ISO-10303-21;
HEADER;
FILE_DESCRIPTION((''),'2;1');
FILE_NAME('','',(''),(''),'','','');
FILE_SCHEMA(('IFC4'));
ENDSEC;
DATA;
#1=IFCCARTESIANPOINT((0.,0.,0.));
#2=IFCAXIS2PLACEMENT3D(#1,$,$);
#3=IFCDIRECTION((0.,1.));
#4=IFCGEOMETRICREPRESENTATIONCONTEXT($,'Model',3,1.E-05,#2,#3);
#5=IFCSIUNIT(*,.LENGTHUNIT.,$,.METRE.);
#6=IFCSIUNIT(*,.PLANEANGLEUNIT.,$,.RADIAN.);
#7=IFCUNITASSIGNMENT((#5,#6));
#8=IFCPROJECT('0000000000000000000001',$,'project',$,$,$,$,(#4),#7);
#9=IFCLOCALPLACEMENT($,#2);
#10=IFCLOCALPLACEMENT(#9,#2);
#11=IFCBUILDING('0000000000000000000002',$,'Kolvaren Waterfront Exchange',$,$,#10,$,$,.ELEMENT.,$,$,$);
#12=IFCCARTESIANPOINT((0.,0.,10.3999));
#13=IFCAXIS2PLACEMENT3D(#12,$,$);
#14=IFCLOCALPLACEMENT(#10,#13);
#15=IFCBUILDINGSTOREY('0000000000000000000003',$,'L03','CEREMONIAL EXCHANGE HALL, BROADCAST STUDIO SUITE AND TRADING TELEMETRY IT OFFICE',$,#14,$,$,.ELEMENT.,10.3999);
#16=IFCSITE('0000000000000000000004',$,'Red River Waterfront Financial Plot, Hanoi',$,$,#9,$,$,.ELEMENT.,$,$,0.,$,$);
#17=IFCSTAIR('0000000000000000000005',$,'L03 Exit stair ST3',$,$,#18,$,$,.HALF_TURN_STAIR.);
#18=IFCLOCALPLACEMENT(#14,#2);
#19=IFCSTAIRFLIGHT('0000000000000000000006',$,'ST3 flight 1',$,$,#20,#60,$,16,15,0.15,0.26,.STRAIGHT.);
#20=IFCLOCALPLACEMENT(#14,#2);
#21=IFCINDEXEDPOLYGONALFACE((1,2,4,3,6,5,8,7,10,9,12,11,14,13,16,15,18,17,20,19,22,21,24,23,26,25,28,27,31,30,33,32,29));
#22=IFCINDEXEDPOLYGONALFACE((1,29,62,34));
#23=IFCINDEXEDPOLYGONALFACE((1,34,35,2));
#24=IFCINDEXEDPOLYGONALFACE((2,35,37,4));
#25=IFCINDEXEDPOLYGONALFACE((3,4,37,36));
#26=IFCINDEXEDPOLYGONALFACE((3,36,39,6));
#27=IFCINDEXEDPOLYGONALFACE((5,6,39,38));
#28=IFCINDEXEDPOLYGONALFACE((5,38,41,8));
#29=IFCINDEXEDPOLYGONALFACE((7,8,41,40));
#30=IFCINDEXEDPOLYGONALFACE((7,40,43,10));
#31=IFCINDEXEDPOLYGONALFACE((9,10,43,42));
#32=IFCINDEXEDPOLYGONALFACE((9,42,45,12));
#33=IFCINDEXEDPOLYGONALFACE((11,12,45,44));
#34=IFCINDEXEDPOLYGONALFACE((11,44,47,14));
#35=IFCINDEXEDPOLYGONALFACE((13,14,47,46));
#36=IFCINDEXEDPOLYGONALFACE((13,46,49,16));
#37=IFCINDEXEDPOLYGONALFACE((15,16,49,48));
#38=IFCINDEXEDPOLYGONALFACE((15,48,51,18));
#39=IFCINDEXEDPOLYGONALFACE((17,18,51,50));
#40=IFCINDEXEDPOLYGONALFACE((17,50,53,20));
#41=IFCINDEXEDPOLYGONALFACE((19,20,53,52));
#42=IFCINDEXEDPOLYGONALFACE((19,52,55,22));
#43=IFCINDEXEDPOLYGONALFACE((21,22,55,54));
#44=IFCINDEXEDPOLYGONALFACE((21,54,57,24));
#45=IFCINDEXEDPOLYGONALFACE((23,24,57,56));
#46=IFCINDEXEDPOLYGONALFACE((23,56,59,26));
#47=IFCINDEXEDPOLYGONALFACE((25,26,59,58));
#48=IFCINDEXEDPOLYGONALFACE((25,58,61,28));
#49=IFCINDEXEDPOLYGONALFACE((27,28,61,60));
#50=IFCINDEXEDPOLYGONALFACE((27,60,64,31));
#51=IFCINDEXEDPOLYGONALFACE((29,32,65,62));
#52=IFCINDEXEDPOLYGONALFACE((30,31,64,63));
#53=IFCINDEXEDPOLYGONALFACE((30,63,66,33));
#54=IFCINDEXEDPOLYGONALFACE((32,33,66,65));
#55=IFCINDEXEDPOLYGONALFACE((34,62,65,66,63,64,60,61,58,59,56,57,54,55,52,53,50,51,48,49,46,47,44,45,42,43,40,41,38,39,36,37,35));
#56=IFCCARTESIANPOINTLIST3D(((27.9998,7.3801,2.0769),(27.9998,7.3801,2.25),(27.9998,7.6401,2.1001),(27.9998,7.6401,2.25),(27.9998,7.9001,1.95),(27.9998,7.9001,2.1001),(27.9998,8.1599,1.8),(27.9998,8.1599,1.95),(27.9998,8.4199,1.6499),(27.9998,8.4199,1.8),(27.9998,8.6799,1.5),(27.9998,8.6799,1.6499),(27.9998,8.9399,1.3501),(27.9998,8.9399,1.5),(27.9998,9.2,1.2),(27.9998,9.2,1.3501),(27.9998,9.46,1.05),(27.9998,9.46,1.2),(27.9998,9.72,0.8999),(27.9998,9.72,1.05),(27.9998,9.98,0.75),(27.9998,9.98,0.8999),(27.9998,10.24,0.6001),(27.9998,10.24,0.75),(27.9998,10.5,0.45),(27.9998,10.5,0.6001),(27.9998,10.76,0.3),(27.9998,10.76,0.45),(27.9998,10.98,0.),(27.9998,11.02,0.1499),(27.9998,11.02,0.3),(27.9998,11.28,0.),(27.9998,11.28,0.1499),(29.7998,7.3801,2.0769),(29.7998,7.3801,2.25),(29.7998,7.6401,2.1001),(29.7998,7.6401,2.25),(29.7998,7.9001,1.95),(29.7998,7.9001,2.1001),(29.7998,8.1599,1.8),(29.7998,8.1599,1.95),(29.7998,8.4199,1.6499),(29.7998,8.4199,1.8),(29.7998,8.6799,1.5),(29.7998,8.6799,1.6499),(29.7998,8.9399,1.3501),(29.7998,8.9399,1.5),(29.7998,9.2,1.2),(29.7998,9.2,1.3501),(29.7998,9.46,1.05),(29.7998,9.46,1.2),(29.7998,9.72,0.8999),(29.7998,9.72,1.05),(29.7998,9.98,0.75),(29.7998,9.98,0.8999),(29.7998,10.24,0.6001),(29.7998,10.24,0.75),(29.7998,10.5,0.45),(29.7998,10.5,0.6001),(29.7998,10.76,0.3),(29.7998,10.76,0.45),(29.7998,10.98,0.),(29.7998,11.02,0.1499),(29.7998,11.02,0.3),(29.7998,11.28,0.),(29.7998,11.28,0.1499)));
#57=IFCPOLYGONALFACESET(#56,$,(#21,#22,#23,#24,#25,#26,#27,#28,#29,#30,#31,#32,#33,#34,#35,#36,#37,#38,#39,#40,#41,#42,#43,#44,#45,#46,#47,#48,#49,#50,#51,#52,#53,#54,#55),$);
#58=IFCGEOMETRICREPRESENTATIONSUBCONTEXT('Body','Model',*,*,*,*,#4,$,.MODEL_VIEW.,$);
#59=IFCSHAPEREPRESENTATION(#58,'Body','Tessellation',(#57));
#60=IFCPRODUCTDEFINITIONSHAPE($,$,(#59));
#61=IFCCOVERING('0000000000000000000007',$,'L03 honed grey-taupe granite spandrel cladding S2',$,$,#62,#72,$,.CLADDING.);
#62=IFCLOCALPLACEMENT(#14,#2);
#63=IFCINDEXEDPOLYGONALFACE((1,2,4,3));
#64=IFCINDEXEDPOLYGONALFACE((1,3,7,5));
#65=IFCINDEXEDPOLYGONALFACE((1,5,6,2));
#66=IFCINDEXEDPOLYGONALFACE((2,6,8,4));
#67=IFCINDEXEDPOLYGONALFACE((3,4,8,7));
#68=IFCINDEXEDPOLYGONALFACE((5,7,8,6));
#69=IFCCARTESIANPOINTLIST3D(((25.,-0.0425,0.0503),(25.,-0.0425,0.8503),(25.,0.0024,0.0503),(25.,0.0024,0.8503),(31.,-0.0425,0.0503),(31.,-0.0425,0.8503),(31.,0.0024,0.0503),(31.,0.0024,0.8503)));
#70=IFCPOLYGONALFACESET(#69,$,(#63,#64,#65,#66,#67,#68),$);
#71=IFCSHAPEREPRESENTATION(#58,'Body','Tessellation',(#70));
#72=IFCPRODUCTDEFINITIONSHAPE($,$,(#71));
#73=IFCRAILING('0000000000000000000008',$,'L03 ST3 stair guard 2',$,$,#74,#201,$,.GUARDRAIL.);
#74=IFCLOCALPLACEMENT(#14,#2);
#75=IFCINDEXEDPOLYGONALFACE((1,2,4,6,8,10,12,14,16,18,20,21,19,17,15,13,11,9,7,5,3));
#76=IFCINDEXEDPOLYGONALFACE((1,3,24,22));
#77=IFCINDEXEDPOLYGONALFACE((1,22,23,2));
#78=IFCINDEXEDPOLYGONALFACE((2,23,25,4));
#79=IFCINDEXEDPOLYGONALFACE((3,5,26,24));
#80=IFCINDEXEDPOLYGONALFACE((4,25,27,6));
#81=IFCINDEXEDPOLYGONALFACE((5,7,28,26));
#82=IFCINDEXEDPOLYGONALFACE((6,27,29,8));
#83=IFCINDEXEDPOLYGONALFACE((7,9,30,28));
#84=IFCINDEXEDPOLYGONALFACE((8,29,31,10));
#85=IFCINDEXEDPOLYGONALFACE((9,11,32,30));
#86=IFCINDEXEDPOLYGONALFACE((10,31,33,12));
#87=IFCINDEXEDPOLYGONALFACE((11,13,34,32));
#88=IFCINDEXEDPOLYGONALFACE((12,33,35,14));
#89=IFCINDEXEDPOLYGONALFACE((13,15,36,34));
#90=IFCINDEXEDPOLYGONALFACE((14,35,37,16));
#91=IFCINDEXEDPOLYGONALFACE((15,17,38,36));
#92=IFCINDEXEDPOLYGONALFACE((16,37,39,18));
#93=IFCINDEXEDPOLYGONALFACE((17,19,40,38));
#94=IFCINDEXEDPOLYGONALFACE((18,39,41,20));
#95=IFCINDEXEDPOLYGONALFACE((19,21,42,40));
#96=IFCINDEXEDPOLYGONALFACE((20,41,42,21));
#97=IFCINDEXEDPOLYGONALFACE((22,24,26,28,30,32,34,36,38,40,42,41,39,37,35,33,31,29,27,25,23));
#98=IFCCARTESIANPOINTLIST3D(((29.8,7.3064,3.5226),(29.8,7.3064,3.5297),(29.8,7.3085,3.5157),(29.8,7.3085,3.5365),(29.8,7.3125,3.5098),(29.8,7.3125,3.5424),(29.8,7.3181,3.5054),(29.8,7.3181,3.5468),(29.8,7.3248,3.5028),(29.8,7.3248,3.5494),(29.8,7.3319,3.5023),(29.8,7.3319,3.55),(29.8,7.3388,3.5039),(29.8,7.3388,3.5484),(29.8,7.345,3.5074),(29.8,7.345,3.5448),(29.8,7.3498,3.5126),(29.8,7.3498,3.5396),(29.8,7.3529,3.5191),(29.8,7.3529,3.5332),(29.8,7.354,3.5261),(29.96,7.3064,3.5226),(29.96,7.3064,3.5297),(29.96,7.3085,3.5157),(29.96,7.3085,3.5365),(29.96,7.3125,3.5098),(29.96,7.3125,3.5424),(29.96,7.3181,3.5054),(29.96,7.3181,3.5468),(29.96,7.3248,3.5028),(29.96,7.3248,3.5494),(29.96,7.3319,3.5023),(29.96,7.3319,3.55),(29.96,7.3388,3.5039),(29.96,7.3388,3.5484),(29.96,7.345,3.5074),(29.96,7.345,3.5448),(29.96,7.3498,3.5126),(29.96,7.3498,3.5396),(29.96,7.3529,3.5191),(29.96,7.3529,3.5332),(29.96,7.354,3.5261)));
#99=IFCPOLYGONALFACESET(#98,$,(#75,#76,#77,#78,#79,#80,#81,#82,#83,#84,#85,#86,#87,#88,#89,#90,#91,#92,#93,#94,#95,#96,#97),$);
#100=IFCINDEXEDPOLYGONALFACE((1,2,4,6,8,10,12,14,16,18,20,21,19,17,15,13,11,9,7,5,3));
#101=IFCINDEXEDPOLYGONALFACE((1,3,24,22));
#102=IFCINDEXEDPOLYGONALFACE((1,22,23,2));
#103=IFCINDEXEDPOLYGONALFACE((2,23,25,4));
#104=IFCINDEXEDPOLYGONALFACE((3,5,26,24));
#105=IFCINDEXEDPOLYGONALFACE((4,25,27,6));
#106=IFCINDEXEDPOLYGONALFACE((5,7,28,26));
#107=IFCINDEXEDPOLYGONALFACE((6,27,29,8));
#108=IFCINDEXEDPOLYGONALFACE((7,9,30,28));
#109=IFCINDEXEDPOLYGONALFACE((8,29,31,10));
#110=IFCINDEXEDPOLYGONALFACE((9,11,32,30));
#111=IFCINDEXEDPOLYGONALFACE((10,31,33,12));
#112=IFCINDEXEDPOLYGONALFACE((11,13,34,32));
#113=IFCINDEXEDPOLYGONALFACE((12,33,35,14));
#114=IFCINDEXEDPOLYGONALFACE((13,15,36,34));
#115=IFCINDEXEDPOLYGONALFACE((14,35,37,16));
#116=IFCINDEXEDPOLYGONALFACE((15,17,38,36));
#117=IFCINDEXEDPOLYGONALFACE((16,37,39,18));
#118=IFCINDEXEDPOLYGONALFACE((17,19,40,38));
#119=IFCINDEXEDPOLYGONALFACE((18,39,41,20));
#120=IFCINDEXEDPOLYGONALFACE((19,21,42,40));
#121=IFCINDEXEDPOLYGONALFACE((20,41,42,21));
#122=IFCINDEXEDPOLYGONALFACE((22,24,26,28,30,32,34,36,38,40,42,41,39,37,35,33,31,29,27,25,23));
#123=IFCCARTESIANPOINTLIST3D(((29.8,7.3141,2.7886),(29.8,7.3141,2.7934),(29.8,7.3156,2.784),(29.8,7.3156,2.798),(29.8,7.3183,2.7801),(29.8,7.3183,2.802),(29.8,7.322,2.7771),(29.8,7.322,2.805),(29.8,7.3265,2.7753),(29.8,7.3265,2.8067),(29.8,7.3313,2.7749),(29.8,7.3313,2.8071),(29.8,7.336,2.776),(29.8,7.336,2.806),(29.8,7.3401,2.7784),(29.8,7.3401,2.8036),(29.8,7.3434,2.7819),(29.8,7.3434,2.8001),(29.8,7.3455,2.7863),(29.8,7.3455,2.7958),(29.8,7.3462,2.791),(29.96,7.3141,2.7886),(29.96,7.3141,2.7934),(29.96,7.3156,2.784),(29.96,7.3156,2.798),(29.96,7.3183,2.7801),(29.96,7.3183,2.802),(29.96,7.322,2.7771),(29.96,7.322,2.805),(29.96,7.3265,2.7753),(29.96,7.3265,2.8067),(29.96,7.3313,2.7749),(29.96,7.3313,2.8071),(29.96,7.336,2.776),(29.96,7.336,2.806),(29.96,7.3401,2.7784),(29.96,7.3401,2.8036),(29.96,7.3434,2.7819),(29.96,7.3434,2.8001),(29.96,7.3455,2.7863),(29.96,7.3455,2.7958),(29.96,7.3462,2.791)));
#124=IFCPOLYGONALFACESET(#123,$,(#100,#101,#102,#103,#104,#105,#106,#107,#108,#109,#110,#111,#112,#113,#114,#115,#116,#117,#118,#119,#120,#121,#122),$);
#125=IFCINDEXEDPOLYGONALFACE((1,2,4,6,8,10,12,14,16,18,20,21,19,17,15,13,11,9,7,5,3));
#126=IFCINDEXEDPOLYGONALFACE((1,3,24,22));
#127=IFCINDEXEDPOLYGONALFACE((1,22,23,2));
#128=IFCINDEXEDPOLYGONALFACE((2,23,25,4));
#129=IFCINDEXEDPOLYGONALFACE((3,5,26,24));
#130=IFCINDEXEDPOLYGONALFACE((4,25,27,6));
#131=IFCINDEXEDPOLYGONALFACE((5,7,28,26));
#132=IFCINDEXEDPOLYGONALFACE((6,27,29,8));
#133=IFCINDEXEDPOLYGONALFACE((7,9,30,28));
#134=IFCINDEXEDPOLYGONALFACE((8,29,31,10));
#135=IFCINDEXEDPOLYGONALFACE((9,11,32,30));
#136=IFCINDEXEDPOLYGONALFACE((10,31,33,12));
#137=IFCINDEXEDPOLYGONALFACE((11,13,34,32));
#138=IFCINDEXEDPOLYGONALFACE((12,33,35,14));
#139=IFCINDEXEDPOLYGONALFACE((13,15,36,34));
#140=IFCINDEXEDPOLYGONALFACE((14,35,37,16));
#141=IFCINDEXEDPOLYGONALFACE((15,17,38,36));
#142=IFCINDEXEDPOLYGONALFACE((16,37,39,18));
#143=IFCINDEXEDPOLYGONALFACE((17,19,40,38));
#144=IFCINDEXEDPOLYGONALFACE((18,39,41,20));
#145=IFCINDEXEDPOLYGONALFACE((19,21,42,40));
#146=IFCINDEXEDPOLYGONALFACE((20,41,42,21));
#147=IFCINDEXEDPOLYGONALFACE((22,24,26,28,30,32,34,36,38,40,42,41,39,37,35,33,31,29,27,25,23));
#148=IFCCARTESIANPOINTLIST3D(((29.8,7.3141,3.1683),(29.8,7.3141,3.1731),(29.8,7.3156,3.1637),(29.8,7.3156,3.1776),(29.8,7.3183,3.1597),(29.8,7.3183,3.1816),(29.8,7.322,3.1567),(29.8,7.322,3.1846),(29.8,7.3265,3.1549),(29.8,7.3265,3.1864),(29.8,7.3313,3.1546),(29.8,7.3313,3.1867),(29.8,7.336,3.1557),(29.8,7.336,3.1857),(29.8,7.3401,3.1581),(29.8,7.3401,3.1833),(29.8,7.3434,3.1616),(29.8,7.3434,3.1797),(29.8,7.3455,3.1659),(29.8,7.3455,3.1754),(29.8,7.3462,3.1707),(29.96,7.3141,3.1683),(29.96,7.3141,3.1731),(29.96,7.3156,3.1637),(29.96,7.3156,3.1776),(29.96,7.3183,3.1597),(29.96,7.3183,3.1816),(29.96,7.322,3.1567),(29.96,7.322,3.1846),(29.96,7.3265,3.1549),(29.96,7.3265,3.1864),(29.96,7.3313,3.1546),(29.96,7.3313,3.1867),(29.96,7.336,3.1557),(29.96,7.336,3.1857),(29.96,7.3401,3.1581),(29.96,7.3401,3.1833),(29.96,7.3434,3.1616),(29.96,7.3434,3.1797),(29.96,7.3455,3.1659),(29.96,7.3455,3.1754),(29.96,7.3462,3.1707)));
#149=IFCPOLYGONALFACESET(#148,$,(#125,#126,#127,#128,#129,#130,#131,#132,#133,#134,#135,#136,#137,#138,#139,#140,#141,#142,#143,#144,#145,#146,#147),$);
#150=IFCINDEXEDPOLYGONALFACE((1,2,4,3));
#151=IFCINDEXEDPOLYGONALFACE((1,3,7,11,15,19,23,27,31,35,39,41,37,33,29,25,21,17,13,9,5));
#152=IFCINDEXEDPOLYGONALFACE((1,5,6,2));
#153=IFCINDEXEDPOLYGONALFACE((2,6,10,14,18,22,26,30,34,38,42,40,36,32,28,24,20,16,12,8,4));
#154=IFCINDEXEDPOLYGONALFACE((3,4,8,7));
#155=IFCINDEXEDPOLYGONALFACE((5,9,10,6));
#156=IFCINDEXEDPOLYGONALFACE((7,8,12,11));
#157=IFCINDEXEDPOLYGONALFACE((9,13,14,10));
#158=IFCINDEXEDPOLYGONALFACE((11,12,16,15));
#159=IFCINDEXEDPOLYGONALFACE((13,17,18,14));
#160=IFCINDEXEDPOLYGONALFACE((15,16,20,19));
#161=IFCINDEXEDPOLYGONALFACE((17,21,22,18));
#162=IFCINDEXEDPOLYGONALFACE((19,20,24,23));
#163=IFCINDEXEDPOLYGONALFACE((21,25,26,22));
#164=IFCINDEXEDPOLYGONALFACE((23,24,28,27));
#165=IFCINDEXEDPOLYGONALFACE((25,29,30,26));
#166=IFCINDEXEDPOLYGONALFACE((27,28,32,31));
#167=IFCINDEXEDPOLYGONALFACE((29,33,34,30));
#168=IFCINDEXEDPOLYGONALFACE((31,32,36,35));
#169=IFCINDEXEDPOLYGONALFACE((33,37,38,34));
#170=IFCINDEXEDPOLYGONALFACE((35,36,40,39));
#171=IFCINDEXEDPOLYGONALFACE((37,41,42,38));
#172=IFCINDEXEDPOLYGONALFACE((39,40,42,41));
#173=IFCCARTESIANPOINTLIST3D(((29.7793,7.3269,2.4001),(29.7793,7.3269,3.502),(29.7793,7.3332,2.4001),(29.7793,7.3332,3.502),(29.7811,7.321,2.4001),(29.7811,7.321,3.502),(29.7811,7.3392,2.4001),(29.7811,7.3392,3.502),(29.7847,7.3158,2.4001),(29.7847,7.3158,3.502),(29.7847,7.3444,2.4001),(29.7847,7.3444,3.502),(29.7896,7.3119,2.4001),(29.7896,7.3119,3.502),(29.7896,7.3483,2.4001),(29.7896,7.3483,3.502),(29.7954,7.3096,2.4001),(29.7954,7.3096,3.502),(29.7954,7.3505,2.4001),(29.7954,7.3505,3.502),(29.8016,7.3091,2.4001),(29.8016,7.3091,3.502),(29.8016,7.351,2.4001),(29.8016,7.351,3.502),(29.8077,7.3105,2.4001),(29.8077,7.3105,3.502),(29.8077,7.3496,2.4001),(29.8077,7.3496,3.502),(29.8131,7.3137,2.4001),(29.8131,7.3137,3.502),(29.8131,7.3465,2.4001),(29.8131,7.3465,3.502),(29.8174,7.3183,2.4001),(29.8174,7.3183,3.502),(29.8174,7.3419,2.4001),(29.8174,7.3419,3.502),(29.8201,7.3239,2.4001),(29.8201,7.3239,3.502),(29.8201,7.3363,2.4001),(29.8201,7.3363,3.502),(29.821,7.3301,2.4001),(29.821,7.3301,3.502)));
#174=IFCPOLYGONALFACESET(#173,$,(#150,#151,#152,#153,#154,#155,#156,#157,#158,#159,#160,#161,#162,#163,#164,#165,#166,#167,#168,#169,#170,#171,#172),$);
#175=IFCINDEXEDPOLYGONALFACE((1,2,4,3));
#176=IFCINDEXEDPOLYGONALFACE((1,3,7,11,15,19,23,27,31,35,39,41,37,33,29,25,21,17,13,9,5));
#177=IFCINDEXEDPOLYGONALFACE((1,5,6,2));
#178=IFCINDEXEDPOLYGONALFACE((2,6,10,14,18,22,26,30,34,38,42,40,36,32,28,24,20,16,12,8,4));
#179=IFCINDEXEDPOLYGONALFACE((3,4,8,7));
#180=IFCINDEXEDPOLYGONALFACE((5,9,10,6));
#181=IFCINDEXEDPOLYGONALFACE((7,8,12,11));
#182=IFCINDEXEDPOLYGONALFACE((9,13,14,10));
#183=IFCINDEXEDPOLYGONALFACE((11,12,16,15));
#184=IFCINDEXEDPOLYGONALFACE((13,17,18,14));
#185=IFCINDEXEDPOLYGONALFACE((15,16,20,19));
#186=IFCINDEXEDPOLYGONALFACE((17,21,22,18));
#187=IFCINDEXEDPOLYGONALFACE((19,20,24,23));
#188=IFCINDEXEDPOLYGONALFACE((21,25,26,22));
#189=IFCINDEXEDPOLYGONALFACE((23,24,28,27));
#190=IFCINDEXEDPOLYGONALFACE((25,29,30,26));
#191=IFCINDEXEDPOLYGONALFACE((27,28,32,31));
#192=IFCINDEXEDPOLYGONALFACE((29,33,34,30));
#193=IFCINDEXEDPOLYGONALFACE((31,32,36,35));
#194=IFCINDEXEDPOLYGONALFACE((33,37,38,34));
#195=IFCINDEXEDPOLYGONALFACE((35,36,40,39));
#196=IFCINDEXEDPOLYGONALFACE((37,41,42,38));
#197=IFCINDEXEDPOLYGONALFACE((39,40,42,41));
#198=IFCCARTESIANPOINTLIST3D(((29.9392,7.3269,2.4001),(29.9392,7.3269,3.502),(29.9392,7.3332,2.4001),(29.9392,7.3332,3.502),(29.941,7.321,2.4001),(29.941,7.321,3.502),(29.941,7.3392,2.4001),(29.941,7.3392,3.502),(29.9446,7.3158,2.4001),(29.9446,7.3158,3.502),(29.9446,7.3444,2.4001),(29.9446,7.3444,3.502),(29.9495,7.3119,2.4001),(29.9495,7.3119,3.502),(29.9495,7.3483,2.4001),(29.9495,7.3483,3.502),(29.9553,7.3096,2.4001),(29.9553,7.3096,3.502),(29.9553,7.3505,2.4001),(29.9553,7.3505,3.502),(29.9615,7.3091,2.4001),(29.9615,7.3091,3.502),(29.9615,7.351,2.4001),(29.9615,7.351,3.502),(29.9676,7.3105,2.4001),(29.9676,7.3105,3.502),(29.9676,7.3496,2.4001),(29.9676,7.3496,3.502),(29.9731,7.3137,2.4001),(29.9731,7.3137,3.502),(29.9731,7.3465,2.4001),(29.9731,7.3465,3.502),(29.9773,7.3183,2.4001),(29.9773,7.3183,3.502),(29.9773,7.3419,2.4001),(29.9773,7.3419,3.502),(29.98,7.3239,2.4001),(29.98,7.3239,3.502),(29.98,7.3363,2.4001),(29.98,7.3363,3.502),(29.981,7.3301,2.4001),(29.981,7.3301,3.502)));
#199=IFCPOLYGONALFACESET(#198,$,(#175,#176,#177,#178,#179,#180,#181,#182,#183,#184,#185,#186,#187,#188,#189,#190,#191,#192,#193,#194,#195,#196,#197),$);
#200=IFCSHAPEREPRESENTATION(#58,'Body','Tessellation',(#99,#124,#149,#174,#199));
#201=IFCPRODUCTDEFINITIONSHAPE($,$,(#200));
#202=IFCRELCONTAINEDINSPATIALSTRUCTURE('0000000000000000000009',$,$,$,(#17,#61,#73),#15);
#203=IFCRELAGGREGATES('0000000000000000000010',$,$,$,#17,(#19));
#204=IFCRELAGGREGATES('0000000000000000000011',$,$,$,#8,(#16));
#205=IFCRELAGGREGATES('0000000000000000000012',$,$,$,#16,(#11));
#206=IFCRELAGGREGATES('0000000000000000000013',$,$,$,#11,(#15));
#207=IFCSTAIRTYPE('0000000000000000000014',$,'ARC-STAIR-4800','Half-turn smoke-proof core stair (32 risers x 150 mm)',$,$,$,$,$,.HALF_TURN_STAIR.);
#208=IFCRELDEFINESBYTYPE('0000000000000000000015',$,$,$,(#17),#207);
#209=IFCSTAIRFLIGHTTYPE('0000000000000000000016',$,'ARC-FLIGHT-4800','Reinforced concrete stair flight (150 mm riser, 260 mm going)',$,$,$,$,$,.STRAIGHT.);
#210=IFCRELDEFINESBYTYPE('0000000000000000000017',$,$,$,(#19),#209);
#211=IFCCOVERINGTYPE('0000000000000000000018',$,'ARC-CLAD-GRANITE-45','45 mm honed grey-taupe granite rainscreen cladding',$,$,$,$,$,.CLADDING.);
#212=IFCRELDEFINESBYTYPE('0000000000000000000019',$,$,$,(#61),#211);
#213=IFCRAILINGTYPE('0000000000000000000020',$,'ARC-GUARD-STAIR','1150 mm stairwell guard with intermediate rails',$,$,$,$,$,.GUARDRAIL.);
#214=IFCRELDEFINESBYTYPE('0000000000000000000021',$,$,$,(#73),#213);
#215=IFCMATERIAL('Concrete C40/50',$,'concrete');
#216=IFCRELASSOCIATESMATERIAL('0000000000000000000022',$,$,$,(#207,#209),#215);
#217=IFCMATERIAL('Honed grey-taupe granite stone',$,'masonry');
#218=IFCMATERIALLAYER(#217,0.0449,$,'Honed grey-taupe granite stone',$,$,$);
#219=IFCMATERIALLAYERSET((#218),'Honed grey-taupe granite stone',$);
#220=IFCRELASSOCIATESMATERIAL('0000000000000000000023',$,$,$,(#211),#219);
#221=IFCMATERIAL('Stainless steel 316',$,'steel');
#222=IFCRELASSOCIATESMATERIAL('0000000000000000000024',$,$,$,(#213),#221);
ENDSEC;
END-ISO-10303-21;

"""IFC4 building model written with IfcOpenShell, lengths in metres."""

from ifc_helpers import new_model, si_unit, direction, frame, origin, origin_2d, place, context, subcontext, project, spatial, polyline, rectangle, circle, outline, extrude, material, layer, layer_set, type_object, element, aggregate, save


model = new_model("IFC4")

# Units and contexts
model_context = context("Model", 3, precision=1e-05, world=origin(), true_north=direction((0.0, 1.0)))
body_context = subcontext(model_context, "Body", "Model", "MODEL_VIEW")
ifc_project = project(units=[si_unit("LENGTHUNIT", "METRE"), si_unit("PLANEANGLEUNIT", "RADIAN")], contexts=[model_context])

# Site, building, storey
site_placement = place(None, origin())
site = spatial("IfcSite", under=ifc_project, at=site_placement, Name="Red River Waterfront Financial Plot, Hanoi", CompositionType="ELEMENT", RefElevation=0.0)
building_placement = place(site_placement, origin())
building = spatial("IfcBuilding", under=site, at=building_placement, Name="Kolvaren Waterfront Exchange", CompositionType="ELEMENT")
storey_placement = place(building_placement, frame((0.0, 0.0, 10.3999)))
storey = spatial("IfcBuildingStorey", under=building, at=storey_placement, Name="L03", Description="CEREMONIAL EXCHANGE HALL, BROADCAST STUDIO SUITE AND TRADING TELEMETRY IT OFFICE", CompositionType="ELEMENT", Elevation=10.3999)

# Shared definitions
ifc_material_1 = material(Name="Concrete C40/50", Category="concrete")

# Stair, stair flight
stair_type = type_object("IfcStairType", Name="ARC-STAIR-4800", Description="Half-turn smoke-proof core stair (32 risers x 150 mm)", PredefinedType="HALF_TURN_STAIR", material=ifc_material_1)
stair_placement = place(storey_placement, origin())
stair = element("IfcStair", 1, at=stair_placement, inside=storey, type_object=stair_type, Name="L03 Exit stair ST3", PredefinedType="HALF_TURN_STAIR")
stair_flight_type = type_object("IfcStairFlightType", Name="ARC-FLIGHT-4800", Description="Reinforced concrete stair flight (150 mm riser, 260 mm going)", PredefinedType="STRAIGHT", material=ifc_material_1)
stair_flight_placement = place(storey_placement, frame((28.8999, 11.28, 0.0), z_axis=(0.0, 0.0, 1.0), x_axis=(0.0, -1.0, 0.0)))
stair_flight = element("IfcStairFlight", 2, at=stair_flight_placement, type_object=stair_flight_type, Name="ST3 flight 1", NumberOfRisers=16, NumberOfTreads=15, PredefinedType="STRAIGHT", RiserHeight=0.15, TreadLength=0.26, context=body_context, shape_type="SweptSolid", body=[
    extrude(outline(polyline([(0.0, 0.0), (0.0, 0.1499), (0.26, 0.1499), (0.26, 0.3), (0.52, 0.3), (0.52, 0.45), (0.78, 0.45), (0.78, 0.6001), (1.04, 0.6001), (1.04, 0.75), (1.3, 0.75), (1.3, 0.8999), (1.5601, 0.8999), (1.5601, 1.05), (1.8201, 1.05), (1.8201, 1.2), (2.0801, 1.2), (2.0801, 1.3501), (2.3401, 1.3501), (2.3401, 1.5), (2.6001, 1.5), (2.6001, 1.6499), (2.8601, 1.6499), (2.8601, 1.8), (3.1201, 1.8), (3.1201, 1.95), (3.3799, 1.95), (3.3799, 2.1001), (3.6399, 2.1001), (3.6399, 2.25), (3.8999, 2.25), (3.8999, 2.3999), (3.8999, 2.0769), (0.3, 0.0), (0.0, 0.0)])), frame((0.0, 0.8999, 0.0), z_axis=(0.0, -1.0, 0.0), x_axis=(1.0, 0.0, 0.0)), (0.0, 0.0, 1.0), 1.8),
])
aggregate(stair, [stair_flight])

# Covering
ifc_material_2 = material(Name="Honed grey-taupe granite stone", Category="masonry")
ifc_layer_1 = layer(ifc_material_2, 0.0449, Name="Honed grey-taupe granite stone")
ifc_layer_set_1 = layer_set([ifc_layer_1], Name="Honed grey-taupe granite stone")
covering_type = type_object("IfcCoveringType", Name="ARC-CLAD-GRANITE-45", Description="45 mm honed grey-taupe granite rainscreen cladding", PredefinedType="CLADDING", material=ifc_layer_set_1)
covering_placement = place(storey_placement, frame((28.0, -0.02, 0.0503), z_axis=(0.0, 0.0, 1.0), x_axis=(1.0, 0.0, 0.0)))
element("IfcCovering", 3, at=covering_placement, inside=storey, type_object=covering_type, Name="L03 honed grey-taupe granite spandrel cladding S2", PredefinedType="CLADDING", context=body_context, shape_type="SweptSolid", body=[
    extrude(rectangle(XDim=6.0, YDim=0.0449, at=origin_2d()), origin(), (0.0, 0.0, 1.0), 0.8),
])

# Railing
ifc_material_3 = material(Name="Stainless steel 316", Category="steel")
railing_type_1 = type_object("IfcRailingType", Name="ARC-GUARD-STAIR", Description="1150 mm stairwell guard with intermediate rails", PredefinedType="GUARDRAIL", material=ifc_material_3)
railing_1_placement = place(storey_placement, frame((29.8, 7.3301, 2.4001)))
element("IfcRailing", 4, at=railing_1_placement, inside=storey, type_object=railing_type_1, Name="L03 ST3 stair guard 2", PredefinedType="GUARDRAIL", context=body_context, shape_type="SweptSolid", body=[
    extrude(circle(Radius=0.0239, at=origin_2d()), frame((0.0, 0.0, 1.126), z_axis=(1.0, 0.0, 0.0), x_axis=(0.0, 1.0, 0.0)), (0.0, 0.0, 1.0), 0.1599),
    extrude(circle(Radius=0.0161, at=origin_2d()), frame((0.0, 0.0, 0.3909), z_axis=(1.0, 0.0, 0.0), x_axis=(0.0, 1.0, 0.0)), (0.0, 0.0, 1.0), 0.1599),
    extrude(circle(Radius=0.0161, at=origin_2d()), frame((0.0, 0.0, 0.7705), z_axis=(1.0, 0.0, 0.0), x_axis=(0.0, 1.0, 0.0)), (0.0, 0.0, 1.0), 0.1599),
    extrude(circle(Radius=0.021, at=origin_2d()), origin(), (0.0, 0.0, 1.0), 1.1018),
    extrude(circle(Radius=0.021, at=origin_2d()), frame((0.1599, 0.0, 0.0)), (0.0, 0.0, 1.0), 1.1018),
])

save(model, "model.ifc")
